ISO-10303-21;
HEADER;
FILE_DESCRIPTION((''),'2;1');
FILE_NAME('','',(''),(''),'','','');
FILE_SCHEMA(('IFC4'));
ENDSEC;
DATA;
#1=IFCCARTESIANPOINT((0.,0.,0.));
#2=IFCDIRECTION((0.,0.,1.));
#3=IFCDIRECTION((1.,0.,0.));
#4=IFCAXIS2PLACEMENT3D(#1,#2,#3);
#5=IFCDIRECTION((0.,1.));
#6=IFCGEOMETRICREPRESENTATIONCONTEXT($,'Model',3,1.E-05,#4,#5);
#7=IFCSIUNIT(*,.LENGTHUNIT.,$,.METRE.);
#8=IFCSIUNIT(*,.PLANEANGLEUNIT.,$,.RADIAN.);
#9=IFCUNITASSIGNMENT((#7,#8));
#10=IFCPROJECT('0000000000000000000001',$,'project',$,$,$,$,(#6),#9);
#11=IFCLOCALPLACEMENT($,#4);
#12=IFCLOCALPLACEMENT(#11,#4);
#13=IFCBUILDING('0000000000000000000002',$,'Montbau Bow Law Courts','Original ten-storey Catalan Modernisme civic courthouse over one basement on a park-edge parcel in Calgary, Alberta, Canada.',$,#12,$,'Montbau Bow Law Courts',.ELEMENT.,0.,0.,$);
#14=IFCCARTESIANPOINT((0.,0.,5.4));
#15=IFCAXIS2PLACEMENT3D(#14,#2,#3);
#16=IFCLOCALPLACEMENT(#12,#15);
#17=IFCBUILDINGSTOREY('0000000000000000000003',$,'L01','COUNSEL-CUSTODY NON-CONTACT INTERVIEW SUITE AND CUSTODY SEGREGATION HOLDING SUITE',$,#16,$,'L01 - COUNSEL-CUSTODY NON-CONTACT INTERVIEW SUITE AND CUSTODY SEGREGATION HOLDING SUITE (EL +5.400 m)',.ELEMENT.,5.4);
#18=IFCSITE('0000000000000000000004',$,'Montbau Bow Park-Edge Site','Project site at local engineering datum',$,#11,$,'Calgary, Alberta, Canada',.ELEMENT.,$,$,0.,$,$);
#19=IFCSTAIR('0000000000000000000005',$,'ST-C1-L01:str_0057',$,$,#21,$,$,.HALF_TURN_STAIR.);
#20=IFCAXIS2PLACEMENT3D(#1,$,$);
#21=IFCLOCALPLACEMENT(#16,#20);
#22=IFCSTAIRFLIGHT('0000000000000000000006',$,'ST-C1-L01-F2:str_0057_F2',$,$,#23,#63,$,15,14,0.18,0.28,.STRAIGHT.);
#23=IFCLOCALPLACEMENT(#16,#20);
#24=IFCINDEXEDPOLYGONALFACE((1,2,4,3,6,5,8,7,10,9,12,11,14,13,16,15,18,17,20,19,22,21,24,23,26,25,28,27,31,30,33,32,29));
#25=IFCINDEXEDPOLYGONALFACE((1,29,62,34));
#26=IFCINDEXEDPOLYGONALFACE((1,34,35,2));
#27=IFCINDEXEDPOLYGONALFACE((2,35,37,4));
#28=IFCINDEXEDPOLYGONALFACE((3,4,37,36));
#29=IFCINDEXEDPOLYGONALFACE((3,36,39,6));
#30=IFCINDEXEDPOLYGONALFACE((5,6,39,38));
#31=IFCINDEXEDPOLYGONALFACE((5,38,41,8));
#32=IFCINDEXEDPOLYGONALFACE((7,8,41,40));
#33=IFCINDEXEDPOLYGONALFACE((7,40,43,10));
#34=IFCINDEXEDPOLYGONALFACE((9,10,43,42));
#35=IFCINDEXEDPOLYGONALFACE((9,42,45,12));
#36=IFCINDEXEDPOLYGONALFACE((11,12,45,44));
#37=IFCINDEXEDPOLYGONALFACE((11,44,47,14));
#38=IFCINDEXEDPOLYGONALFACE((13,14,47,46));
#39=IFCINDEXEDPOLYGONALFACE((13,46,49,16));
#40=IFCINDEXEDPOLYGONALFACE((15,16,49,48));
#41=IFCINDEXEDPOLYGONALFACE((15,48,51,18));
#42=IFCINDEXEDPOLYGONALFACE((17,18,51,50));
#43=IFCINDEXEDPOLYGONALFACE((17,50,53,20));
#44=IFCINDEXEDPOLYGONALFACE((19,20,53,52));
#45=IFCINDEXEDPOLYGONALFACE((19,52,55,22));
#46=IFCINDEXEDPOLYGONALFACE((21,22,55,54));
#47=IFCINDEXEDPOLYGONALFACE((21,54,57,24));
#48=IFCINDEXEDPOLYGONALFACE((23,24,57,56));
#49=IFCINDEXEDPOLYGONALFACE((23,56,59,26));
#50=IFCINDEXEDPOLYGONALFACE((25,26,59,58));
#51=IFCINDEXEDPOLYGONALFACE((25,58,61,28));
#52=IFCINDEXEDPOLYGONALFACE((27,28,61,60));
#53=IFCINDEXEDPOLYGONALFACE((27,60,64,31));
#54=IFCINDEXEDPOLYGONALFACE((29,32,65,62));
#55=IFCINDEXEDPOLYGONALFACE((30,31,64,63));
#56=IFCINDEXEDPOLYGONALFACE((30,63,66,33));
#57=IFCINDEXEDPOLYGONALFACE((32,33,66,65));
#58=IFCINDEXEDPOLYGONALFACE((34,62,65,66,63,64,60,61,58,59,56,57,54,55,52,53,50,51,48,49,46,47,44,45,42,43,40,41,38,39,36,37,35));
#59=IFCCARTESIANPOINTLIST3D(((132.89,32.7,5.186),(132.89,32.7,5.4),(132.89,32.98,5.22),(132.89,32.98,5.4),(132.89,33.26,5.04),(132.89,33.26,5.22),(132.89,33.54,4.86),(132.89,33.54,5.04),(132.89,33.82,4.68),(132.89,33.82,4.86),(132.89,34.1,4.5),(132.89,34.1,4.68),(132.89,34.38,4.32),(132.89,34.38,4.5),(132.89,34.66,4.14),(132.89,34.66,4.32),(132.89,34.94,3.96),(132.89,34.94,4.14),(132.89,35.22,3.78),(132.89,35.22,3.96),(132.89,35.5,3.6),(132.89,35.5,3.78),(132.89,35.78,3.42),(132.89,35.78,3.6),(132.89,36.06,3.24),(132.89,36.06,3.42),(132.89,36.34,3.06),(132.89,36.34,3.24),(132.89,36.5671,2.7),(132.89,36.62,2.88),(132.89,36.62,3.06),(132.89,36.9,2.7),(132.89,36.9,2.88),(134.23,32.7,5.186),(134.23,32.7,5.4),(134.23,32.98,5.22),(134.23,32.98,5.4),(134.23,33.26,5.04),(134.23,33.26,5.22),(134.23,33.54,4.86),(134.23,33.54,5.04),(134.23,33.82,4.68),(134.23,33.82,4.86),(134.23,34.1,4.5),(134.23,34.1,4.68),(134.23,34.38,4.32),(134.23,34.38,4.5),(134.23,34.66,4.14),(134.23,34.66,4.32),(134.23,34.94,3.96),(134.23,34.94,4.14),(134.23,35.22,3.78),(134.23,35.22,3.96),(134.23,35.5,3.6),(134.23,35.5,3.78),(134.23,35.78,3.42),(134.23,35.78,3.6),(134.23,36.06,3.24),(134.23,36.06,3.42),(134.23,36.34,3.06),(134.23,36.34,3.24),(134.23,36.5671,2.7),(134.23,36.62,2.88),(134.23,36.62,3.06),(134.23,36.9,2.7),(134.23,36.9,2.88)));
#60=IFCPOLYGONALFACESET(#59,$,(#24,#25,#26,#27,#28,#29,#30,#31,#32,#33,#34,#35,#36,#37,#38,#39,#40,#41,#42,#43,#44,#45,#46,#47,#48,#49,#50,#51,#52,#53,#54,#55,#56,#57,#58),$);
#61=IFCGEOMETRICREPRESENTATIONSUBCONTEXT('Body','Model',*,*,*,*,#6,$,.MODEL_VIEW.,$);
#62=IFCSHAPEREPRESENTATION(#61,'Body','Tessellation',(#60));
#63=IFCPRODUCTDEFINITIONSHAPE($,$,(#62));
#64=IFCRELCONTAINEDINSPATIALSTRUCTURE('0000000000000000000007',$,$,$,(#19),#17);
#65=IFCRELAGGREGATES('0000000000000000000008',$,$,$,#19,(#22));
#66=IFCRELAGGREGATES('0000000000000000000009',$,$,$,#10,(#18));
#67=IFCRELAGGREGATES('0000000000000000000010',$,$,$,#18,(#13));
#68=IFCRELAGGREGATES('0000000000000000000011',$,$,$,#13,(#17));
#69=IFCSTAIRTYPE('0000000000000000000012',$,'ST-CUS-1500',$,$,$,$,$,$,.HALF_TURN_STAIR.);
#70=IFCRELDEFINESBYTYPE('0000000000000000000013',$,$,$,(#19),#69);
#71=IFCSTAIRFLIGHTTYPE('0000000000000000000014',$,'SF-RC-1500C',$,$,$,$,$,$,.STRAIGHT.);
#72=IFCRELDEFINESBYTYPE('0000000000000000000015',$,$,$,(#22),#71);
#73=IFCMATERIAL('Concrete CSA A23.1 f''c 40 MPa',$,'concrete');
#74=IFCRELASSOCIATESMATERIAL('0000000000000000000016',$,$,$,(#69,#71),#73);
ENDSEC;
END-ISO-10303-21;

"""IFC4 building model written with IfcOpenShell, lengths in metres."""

from ifc_helpers import new_model, si_unit, direction, frame, origin_with_axes, place, context, subcontext, project, spatial, polyline, outline, extrude, material, type_object, element, aggregate, save


model = new_model("IFC4")

# Units and contexts
model_context = context("Model", 3, precision=1e-05, world=origin_with_axes(), true_north=direction((0.0, 1.0)))
body_context = subcontext(model_context, "Body", "Model", "MODEL_VIEW")
ifc_project = project(units=[si_unit("LENGTHUNIT", "METRE"), si_unit("PLANEANGLEUNIT", "RADIAN")], contexts=[model_context])

# Site, building, storey
site_placement = place(None, origin_with_axes())
site = spatial("IfcSite", under=ifc_project, at=site_placement, Name="Montbau Bow Park-Edge Site", Description="Project site at local engineering datum", LongName="Calgary, Alberta, Canada", CompositionType="ELEMENT", RefElevation=0.0)
building_placement = place(site_placement, origin_with_axes())
building = spatial("IfcBuilding", under=site, at=building_placement, Name="Montbau Bow Law Courts", Description="Original ten-storey Catalan Modernisme civic courthouse over one basement on a park-edge parcel in Calgary, Alberta, Canada.", LongName="Montbau Bow Law Courts", CompositionType="ELEMENT", ElevationOfRefHeight=0.0, ElevationOfTerrain=0.0)
storey_placement = place(building_placement, frame((0.0, 0.0, 5.4), z_axis=(0.0, 0.0, 1.0), x_axis=(1.0, 0.0, 0.0)))
storey = spatial("IfcBuildingStorey", under=building, at=storey_placement, Name="L01", Description="COUNSEL-CUSTODY NON-CONTACT INTERVIEW SUITE AND CUSTODY SEGREGATION HOLDING SUITE", LongName="L01 - COUNSEL-CUSTODY NON-CONTACT INTERVIEW SUITE AND CUSTODY SEGREGATION HOLDING SUITE (EL +5.400 m)", CompositionType="ELEMENT", Elevation=5.4)

# Stair, stair flight
ifc_material_1 = material(Name="Concrete CSA A23.1 f'c 40 MPa", Category="concrete")
stair_type = type_object("IfcStairType", Name="ST-CUS-1500", PredefinedType="HALF_TURN_STAIR", material=ifc_material_1)
stair_placement = place(None, frame((131.65, 32.7, 5.4), z_axis=(0.0, 0.0, 1.0), x_axis=(1.0, 0.0, 0.0)))
stair = element("IfcStair", 1, at=stair_placement, inside=storey, type_object=stair_type, Name="ST-C1-L01:str_0057", PredefinedType="HALF_TURN_STAIR")
stair_flight_type = type_object("IfcStairFlightType", Name="SF-RC-1500C", PredefinedType="STRAIGHT", material=ifc_material_1)
stair_flight_1_placement = place(None, frame((133.56, 36.9, 8.1), z_axis=(0.0, 0.0, 1.0), x_axis=(0.0, -1.0, 0.0)))
stair_flight_1 = element("IfcStairFlight", 2, at=stair_flight_1_placement, type_object=stair_flight_type, Name="ST-C1-L01-F2:str_0057_F2", NumberOfRisers=15, NumberOfTreads=14, PredefinedType="STRAIGHT", RiserHeight=0.18, TreadLength=0.28, context=body_context, shape_type="SweptSolid", body=[
    extrude(outline(polyline([(0.0, 0.0), (0.0, 0.18), (0.28, 0.18), (0.28, 0.36), (0.56, 0.36), (0.56, 0.54), (0.84, 0.54), (0.84, 0.72), (1.12, 0.72), (1.12, 0.9), (1.4, 0.9), (1.4, 1.08), (1.68, 1.08), (1.68, 1.26), (1.96, 1.26), (1.96, 1.44), (2.24, 1.44), (2.24, 1.62), (2.52, 1.62), (2.52, 1.8), (2.8, 1.8), (2.8, 1.98), (3.08, 1.98), (3.08, 2.16), (3.36, 2.16), (3.36, 2.34), (3.64, 2.34), (3.64, 2.52), (3.92, 2.52), (3.92, 2.7), (4.2, 2.7), (4.2, 2.486), (0.3329, 0.0), (0.0, 0.0)])), frame((0.0, 0.67, 0.0), z_axis=(0.0, -1.0, 0.0), x_axis=(1.0, 0.0, 0.0)), (0.0, 0.0, 1.0), 1.34),
])
aggregate(stair, [stair_flight_1])

save(model, "model.ifc")
